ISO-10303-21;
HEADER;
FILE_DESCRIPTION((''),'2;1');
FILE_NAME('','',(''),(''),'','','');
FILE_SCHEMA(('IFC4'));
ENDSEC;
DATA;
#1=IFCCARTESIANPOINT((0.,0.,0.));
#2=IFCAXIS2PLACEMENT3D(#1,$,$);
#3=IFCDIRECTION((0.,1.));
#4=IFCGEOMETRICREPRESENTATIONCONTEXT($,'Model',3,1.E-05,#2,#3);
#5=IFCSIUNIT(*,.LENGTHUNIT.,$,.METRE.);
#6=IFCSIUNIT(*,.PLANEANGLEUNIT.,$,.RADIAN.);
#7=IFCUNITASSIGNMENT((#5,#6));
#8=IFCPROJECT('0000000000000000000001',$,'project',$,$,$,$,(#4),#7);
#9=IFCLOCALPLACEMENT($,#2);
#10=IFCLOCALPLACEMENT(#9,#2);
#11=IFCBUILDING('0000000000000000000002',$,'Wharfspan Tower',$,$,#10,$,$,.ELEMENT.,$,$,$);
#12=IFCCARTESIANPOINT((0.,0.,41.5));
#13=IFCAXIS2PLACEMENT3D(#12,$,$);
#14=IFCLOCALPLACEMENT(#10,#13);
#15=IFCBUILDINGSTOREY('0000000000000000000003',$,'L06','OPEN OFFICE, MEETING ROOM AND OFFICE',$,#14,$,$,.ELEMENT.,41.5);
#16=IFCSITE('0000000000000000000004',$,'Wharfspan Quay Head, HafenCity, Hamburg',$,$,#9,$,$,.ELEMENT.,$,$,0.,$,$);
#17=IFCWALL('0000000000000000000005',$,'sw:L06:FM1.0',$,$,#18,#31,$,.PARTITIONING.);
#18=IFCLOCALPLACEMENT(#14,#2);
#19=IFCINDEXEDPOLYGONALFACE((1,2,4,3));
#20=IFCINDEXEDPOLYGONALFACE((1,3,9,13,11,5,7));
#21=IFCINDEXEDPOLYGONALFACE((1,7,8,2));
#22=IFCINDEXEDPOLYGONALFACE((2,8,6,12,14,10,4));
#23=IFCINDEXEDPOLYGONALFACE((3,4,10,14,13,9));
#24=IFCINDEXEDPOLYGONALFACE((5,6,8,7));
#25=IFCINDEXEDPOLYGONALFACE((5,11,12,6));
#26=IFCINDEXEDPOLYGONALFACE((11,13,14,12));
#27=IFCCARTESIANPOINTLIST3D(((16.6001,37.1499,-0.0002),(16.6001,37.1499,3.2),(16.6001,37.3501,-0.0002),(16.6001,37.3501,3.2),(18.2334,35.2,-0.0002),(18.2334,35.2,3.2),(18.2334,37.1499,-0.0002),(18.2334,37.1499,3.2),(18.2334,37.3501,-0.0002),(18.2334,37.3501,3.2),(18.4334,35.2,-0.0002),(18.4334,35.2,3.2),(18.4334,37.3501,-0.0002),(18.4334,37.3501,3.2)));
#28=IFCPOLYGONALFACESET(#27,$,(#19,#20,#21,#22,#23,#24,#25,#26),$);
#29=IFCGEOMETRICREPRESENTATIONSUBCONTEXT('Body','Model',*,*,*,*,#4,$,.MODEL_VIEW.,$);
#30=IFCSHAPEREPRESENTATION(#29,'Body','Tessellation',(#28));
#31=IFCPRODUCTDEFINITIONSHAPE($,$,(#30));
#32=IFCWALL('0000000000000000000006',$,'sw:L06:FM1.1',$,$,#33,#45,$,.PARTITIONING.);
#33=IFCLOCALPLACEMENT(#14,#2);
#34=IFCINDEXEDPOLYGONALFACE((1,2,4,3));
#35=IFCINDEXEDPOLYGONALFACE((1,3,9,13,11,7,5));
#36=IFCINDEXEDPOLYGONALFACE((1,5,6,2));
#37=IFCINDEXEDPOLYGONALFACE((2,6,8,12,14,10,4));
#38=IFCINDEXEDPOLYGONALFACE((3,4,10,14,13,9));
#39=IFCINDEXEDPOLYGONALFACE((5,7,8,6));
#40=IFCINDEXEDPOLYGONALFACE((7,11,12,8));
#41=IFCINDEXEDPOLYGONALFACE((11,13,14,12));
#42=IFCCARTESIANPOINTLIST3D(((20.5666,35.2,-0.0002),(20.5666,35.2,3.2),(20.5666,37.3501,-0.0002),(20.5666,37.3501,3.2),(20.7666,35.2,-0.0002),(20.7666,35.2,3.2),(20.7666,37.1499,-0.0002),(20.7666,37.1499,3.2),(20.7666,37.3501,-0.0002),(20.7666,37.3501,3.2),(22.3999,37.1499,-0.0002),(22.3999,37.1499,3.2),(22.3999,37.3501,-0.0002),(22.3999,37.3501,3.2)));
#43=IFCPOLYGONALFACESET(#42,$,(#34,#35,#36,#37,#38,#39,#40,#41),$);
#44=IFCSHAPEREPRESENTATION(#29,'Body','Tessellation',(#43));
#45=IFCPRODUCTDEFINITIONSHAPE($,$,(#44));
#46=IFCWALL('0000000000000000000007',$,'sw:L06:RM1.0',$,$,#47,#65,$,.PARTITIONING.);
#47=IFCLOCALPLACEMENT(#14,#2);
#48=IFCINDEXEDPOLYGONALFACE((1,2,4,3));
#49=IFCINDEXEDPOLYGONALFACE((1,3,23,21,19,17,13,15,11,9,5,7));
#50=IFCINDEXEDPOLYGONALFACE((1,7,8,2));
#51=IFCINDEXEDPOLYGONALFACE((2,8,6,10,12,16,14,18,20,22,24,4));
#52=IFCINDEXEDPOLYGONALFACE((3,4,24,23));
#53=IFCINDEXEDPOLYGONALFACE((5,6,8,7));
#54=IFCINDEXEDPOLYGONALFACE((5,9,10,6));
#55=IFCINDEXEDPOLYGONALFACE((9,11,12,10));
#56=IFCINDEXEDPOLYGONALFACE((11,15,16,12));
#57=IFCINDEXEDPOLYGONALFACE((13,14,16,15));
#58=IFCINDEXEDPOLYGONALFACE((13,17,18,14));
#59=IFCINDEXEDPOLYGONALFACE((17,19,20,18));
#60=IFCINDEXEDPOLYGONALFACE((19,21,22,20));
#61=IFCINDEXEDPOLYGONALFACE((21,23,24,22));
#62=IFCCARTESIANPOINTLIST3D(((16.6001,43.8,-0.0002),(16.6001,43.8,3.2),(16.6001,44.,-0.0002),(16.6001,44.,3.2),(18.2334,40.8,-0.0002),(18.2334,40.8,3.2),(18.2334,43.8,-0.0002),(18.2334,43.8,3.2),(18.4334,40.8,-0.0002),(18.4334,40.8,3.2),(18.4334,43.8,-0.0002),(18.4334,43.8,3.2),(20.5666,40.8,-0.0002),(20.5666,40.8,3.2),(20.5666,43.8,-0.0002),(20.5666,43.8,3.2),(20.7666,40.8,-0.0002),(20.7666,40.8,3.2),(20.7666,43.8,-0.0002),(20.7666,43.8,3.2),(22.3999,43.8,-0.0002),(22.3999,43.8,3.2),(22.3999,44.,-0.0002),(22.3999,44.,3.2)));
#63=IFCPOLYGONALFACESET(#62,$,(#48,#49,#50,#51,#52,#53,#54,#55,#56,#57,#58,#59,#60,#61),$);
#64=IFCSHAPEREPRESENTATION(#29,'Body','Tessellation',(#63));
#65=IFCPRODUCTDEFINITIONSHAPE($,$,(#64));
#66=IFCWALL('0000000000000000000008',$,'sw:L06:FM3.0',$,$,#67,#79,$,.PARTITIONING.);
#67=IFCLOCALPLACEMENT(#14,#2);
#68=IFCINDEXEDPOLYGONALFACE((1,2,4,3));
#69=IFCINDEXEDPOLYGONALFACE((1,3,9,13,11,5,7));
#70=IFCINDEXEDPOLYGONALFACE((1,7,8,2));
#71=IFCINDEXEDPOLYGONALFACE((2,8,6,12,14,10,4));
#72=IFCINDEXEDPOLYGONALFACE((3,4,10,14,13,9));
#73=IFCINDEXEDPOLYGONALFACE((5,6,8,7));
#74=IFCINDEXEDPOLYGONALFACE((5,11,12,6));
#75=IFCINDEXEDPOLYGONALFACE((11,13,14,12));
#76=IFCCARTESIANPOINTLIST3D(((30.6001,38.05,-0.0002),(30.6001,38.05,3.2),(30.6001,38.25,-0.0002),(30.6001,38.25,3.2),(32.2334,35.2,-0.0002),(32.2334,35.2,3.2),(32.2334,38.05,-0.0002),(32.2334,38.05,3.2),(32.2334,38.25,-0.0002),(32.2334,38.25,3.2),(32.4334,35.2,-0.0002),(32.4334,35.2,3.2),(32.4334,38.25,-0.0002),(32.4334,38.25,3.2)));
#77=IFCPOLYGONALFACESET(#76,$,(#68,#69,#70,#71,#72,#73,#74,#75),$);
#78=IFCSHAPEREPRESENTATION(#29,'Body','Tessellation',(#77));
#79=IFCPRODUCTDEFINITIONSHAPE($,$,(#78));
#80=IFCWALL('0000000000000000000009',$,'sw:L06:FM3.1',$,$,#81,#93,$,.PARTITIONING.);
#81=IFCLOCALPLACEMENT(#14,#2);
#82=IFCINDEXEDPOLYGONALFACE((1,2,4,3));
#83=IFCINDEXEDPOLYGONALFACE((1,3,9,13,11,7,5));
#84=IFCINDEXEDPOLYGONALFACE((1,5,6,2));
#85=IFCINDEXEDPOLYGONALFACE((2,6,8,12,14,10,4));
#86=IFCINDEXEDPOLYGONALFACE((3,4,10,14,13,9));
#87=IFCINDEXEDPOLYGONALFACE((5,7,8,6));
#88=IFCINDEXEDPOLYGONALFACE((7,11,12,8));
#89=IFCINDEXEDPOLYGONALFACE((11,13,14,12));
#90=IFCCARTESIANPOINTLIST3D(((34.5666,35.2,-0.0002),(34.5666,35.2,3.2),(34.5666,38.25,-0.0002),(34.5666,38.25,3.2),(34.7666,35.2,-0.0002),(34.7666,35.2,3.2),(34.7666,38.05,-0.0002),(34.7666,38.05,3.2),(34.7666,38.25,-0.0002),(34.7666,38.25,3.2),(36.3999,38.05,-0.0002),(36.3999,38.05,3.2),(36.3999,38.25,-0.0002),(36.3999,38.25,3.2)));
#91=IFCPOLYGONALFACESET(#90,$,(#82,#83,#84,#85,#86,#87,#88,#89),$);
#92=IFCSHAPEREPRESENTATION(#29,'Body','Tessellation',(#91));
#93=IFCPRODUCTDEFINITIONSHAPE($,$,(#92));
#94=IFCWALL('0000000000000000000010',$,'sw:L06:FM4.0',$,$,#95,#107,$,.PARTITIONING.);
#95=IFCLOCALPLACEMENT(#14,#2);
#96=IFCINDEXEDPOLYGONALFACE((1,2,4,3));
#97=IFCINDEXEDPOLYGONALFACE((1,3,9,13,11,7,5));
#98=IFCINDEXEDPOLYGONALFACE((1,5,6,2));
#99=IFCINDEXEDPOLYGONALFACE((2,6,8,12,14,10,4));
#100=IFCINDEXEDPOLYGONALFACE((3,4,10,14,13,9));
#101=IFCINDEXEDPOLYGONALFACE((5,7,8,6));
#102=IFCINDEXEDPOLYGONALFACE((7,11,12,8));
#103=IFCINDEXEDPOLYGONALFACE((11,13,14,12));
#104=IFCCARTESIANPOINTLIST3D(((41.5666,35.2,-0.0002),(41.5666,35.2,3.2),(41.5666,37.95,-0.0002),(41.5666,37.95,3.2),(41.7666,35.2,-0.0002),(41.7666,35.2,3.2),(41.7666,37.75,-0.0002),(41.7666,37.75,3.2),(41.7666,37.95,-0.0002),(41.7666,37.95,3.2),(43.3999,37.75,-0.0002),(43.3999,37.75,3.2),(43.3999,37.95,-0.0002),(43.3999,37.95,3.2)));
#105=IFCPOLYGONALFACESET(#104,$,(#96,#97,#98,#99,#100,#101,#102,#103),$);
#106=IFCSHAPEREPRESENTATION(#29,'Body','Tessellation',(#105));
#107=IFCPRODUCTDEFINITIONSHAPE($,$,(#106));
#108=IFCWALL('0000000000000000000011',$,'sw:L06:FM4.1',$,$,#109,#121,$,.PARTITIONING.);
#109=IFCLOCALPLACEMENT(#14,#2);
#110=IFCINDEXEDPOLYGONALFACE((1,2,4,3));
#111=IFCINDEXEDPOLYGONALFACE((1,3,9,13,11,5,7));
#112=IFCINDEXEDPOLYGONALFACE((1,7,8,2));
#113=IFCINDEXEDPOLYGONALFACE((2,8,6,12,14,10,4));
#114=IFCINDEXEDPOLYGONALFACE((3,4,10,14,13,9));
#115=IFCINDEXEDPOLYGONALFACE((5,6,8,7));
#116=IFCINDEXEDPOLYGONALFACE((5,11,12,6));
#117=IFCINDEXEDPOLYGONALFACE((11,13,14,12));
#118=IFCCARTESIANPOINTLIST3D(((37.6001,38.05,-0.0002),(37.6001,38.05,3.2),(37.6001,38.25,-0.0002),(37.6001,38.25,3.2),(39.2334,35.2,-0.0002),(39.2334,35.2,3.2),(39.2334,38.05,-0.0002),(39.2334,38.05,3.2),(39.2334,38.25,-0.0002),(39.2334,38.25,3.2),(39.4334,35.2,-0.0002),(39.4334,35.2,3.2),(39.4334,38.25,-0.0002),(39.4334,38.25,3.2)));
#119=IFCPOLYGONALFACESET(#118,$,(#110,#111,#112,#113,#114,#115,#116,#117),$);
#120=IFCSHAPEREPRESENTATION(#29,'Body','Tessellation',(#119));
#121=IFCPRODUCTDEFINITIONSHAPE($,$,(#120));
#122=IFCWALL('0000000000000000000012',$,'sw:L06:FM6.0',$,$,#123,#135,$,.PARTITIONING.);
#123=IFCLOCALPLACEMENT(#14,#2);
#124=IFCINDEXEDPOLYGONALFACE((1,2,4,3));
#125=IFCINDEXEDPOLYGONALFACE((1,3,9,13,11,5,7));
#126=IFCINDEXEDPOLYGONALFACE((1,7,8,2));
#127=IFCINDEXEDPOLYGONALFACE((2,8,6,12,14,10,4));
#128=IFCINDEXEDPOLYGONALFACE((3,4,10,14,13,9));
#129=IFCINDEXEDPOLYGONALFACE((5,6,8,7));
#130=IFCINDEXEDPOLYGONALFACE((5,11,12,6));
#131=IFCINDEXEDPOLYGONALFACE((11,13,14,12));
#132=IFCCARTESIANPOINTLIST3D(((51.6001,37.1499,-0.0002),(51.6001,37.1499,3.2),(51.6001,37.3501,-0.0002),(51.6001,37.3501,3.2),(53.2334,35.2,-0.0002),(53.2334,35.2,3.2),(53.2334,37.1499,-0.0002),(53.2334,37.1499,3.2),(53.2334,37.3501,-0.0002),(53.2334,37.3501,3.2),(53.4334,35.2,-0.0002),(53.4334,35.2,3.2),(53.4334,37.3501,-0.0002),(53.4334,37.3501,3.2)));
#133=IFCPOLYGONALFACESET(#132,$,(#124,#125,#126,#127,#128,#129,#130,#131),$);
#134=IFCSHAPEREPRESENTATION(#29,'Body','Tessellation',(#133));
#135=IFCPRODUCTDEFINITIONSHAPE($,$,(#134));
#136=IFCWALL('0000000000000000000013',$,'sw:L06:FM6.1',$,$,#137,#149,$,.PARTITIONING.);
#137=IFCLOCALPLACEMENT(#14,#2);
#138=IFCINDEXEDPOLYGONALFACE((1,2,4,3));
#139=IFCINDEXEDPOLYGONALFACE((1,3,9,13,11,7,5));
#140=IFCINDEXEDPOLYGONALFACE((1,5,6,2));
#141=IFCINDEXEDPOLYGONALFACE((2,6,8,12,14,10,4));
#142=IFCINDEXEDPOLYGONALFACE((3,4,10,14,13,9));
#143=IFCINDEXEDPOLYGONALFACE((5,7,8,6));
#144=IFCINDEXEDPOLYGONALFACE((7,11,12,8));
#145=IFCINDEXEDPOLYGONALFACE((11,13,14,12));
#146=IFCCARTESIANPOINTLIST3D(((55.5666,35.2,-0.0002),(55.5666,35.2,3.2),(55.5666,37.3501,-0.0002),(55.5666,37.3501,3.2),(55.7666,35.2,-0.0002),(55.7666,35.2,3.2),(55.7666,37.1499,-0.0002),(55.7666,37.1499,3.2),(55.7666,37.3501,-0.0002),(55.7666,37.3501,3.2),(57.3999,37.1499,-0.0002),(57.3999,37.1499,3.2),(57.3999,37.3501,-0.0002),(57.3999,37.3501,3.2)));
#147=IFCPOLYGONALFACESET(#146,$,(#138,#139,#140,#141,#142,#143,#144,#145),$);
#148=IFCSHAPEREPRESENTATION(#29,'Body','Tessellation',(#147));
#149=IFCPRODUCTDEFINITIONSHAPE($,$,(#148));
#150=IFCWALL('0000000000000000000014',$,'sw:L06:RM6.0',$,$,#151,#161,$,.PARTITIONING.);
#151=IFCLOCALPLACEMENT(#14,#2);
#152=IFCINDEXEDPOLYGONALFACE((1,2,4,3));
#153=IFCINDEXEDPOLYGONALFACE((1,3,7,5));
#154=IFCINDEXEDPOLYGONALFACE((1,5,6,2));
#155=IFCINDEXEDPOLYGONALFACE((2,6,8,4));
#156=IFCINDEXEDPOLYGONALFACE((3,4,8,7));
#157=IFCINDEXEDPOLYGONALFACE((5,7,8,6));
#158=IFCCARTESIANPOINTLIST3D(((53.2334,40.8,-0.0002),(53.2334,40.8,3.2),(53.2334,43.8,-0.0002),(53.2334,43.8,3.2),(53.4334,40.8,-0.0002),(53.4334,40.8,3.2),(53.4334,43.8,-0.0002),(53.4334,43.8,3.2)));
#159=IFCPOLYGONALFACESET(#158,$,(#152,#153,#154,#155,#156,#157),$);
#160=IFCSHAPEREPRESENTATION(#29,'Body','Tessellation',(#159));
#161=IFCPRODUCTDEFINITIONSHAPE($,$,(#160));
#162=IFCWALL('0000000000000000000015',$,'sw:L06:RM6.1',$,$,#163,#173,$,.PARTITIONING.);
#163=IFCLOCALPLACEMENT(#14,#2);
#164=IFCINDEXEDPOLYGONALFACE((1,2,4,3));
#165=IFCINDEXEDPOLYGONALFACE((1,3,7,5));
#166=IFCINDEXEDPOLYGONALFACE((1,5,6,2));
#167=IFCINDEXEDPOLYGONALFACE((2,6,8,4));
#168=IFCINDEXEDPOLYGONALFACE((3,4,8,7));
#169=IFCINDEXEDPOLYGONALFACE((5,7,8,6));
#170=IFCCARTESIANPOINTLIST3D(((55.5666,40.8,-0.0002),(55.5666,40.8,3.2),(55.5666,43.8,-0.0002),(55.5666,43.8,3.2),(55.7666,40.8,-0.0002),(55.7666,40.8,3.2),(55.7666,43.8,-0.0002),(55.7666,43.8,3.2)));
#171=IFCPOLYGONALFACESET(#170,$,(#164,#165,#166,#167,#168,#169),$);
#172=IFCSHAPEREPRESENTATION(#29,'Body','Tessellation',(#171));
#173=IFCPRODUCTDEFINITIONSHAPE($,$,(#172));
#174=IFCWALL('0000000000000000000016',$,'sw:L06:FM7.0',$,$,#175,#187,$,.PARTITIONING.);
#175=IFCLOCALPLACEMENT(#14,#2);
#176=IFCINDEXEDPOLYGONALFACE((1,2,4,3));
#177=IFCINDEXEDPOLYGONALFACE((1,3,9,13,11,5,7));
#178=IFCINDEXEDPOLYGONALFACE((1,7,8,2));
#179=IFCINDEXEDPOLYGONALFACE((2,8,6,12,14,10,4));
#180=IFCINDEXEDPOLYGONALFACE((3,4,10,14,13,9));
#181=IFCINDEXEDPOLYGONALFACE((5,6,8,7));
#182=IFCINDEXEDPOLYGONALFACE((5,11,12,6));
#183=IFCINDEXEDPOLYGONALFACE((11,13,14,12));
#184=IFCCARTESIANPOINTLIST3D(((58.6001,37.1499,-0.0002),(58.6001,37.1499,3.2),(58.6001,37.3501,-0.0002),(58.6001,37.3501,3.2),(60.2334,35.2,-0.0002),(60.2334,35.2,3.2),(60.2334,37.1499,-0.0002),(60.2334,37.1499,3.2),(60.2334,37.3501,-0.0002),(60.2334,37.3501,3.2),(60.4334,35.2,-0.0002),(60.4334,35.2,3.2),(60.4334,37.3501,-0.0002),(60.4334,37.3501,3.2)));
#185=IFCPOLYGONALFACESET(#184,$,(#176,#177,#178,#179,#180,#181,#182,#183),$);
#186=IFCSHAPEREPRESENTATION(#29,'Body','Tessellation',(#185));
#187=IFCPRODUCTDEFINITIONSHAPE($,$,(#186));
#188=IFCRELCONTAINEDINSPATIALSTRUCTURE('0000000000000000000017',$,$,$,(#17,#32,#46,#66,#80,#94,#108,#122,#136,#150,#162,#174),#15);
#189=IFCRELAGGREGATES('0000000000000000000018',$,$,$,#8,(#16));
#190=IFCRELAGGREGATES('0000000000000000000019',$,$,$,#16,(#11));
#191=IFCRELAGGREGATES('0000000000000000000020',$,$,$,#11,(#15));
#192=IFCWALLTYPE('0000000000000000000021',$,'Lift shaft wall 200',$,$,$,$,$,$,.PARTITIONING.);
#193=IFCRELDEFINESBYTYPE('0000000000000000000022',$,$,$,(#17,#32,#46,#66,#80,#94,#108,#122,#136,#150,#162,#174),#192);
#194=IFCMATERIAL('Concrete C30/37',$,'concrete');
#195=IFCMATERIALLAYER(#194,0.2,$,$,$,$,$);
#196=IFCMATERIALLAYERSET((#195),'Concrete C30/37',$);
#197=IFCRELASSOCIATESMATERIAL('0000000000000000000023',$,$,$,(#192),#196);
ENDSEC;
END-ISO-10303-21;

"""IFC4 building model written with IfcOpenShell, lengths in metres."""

from ifc_helpers import new_model, si_unit, direction, frame, origin, place, context, subcontext, project, spatial, polyline, outline, extrude, material, layer, layer_set, type_object, element, save


model = new_model("IFC4")

# Units and contexts
model_context = context("Model", 3, precision=1e-05, world=origin(), true_north=direction((0.0, 1.0)))
body_context = subcontext(model_context, "Body", "Model", "MODEL_VIEW")
ifc_project = project(units=[si_unit("LENGTHUNIT", "METRE"), si_unit("PLANEANGLEUNIT", "RADIAN")], contexts=[model_context])

# Site, building, storey
site_placement = place(None, origin())
site = spatial("IfcSite", under=ifc_project, at=site_placement, Name="Wharfspan Quay Head, HafenCity, Hamburg", CompositionType="ELEMENT", RefElevation=0.0)
building_placement = place(site_placement, origin())
building = spatial("IfcBuilding", under=site, at=building_placement, Name="Wharfspan Tower", CompositionType="ELEMENT")
storey_placement = place(building_placement, frame((0.0, 0.0, 41.5)))
storey = spatial("IfcBuildingStorey", under=building, at=storey_placement, Name="L06", Description="OPEN OFFICE, MEETING ROOM AND OFFICE", CompositionType="ELEMENT", Elevation=41.5)

# Walls
ifc_material_1 = material(Name="Concrete C30/37", Category="concrete")
ifc_layer_1 = layer(ifc_material_1, 0.2)
ifc_layer_set_1 = layer_set([ifc_layer_1], Name="Concrete C30/37")
wall_type_1 = type_object("IfcWallType", Name="Lift shaft wall 200", PredefinedType="PARTITIONING", material=ifc_layer_set_1)
wall_1_placement = place(storey_placement, frame((0.0, 0.0, -0.0002)))
element("IfcWall", 1, at=wall_1_placement, inside=storey, type_object=wall_type_1, Name="sw:L06:FM1.0", PredefinedType="PARTITIONING", context=body_context, shape_type="SweptSolid", body=[
    extrude(outline(polyline([(18.2334, 37.1499), (16.6001, 37.1499), (16.6001, 37.3501), (18.2334, 37.3501), (18.4334, 37.3501), (18.4334, 35.2), (18.2334, 35.2), (18.2334, 37.1499)])), origin(), (0.0, 0.0, 1.0), 3.2002),
])
wall_2_placement = place(storey_placement, frame((0.0, 0.0, -0.0002)))
element("IfcWall", 2, at=wall_2_placement, inside=storey, type_object=wall_type_1, Name="sw:L06:FM1.1", PredefinedType="PARTITIONING", context=body_context, shape_type="SweptSolid", body=[
    extrude(outline(polyline([(20.5666, 37.3501), (20.7666, 37.3501), (22.3999, 37.3501), (22.3999, 37.1499), (20.7666, 37.1499), (20.7666, 35.2), (20.5666, 35.2), (20.5666, 37.3501)])), origin(), (0.0, 0.0, 1.0), 3.2002),
])
wall_3_placement = place(storey_placement, frame((0.0, 0.0, -0.0002)))
element("IfcWall", 3, at=wall_3_placement, inside=storey, type_object=wall_type_1, Name="sw:L06:RM1.0", PredefinedType="PARTITIONING", context=body_context, shape_type="SweptSolid", body=[
    extrude(outline(polyline([(18.4334, 40.8), (18.2334, 40.8), (18.2334, 43.8), (16.6001, 43.8), (16.6001, 44.0), (22.3999, 44.0), (22.3999, 43.8), (20.7666, 43.8), (20.7666, 40.8), (20.5666, 40.8), (20.5666, 43.8), (18.4334, 43.8), (18.4334, 40.8)])), origin(), (0.0, 0.0, 1.0), 3.2002),
])
wall_4_placement = place(storey_placement, frame((0.0, 0.0, -0.0002)))
element("IfcWall", 4, at=wall_4_placement, inside=storey, type_object=wall_type_1, Name="sw:L06:FM3.0", PredefinedType="PARTITIONING", context=body_context, shape_type="SweptSolid", body=[
    extrude(outline(polyline([(32.2334, 38.05), (30.6001, 38.05), (30.6001, 38.25), (32.2334, 38.25), (32.4333, 38.25), (32.4333, 35.2), (32.2334, 35.2), (32.2334, 38.05)])), origin(), (0.0, 0.0, 1.0), 3.2002),
])
wall_5_placement = place(storey_placement, frame((0.0, 0.0, -0.0002)))
element("IfcWall", 5, at=wall_5_placement, inside=storey, type_object=wall_type_1, Name="sw:L06:FM3.1", PredefinedType="PARTITIONING", context=body_context, shape_type="SweptSolid", body=[
    extrude(outline(polyline([(34.5667, 38.25), (34.7666, 38.25), (36.3999, 38.25), (36.3999, 38.05), (34.7666, 38.05), (34.7666, 35.2), (34.5667, 35.2), (34.5667, 38.25)])), origin(), (0.0, 0.0, 1.0), 3.2002),
])
wall_6_placement = place(storey_placement, frame((0.0, 0.0, -0.0002)))
element("IfcWall", 6, at=wall_6_placement, inside=storey, type_object=wall_type_1, Name="sw:L06:FM4.0", PredefinedType="PARTITIONING", context=body_context, shape_type="SweptSolid", body=[
    extrude(outline(polyline([(41.5667, 37.95), (41.7666, 37.95), (43.3999, 37.95), (43.3999, 37.75), (41.7666, 37.75), (41.7666, 35.2), (41.5667, 35.2), (41.5667, 37.95)])), origin(), (0.0, 0.0, 1.0), 3.2002),
])
wall_7_placement = place(storey_placement, frame((0.0, 0.0, -0.0002)))
element("IfcWall", 7, at=wall_7_placement, inside=storey, type_object=wall_type_1, Name="sw:L06:FM4.1", PredefinedType="PARTITIONING", context=body_context, shape_type="SweptSolid", body=[
    extrude(outline(polyline([(39.2334, 38.05), (37.6001, 38.05), (37.6001, 38.25), (39.2334, 38.25), (39.4333, 38.25), (39.4333, 35.2), (39.2334, 35.2), (39.2334, 38.05)])), origin(), (0.0, 0.0, 1.0), 3.2002),
])
wall_8_placement = place(storey_placement, frame((0.0, 0.0, -0.0002)))
element("IfcWall", 8, at=wall_8_placement, inside=storey, type_object=wall_type_1, Name="sw:L06:FM6.0", PredefinedType="PARTITIONING", context=body_context, shape_type="SweptSolid", body=[
    extrude(outline(polyline([(53.2334, 37.1499), (51.6001, 37.1499), (51.6001, 37.3501), (53.2334, 37.3501), (53.4333, 37.3501), (53.4333, 35.2), (53.2334, 35.2), (53.2334, 37.1499)])), origin(), (0.0, 0.0, 1.0), 3.2002),
])
wall_9_placement = place(storey_placement, frame((0.0, 0.0, -0.0002)))
element("IfcWall", 9, at=wall_9_placement, inside=storey, type_object=wall_type_1, Name="sw:L06:FM6.1", PredefinedType="PARTITIONING", context=body_context, shape_type="SweptSolid", body=[
    extrude(outline(polyline([(55.5667, 37.3501), (55.7666, 37.3501), (57.3999, 37.3501), (57.3999, 37.1499), (55.7666, 37.1499), (55.7666, 35.2), (55.5667, 35.2), (55.5667, 37.3501)])), origin(), (0.0, 0.0, 1.0), 3.2002),
])
wall_10_placement = place(storey_placement, frame((0.0, 0.0, -0.0002)))
element("IfcWall", 10, at=wall_10_placement, inside=storey, type_object=wall_type_1, Name="sw:L06:RM6.0", PredefinedType="PARTITIONING", context=body_context, shape_type="SweptSolid", body=[
    extrude(outline(polyline([(53.2334, 40.8), (53.2334, 43.8), (53.4333, 43.8), (53.4333, 40.8), (53.2334, 40.8)])), origin(), (0.0, 0.0, 1.0), 3.2002),
])
wall_11_placement = place(storey_placement, frame((0.0, 0.0, -0.0002)))
element("IfcWall", 11, at=wall_11_placement, inside=storey, type_object=wall_type_1, Name="sw:L06:RM6.1", PredefinedType="PARTITIONING", context=body_context, shape_type="SweptSolid", body=[
    extrude(outline(polyline([(55.5667, 40.8), (55.5667, 43.8), (55.7666, 43.8), (55.7666, 40.8), (55.5667, 40.8)])), origin(), (0.0, 0.0, 1.0), 3.2002),
])
wall_12_placement = place(storey_placement, frame((0.0, 0.0, -0.0002)))
element("IfcWall", 12, at=wall_12_placement, inside=storey, type_object=wall_type_1, Name="sw:L06:FM7.0", PredefinedType="PARTITIONING", context=body_context, shape_type="SweptSolid", body=[
    extrude(outline(polyline([(60.2334, 37.1499), (58.6001, 37.1499), (58.6001, 37.3501), (60.2334, 37.3501), (60.4333, 37.3501), (60.4333, 35.2), (60.2334, 35.2), (60.2334, 37.1499)])), origin(), (0.0, 0.0, 1.0), 3.2002),
])

save(model, "model.ifc")
